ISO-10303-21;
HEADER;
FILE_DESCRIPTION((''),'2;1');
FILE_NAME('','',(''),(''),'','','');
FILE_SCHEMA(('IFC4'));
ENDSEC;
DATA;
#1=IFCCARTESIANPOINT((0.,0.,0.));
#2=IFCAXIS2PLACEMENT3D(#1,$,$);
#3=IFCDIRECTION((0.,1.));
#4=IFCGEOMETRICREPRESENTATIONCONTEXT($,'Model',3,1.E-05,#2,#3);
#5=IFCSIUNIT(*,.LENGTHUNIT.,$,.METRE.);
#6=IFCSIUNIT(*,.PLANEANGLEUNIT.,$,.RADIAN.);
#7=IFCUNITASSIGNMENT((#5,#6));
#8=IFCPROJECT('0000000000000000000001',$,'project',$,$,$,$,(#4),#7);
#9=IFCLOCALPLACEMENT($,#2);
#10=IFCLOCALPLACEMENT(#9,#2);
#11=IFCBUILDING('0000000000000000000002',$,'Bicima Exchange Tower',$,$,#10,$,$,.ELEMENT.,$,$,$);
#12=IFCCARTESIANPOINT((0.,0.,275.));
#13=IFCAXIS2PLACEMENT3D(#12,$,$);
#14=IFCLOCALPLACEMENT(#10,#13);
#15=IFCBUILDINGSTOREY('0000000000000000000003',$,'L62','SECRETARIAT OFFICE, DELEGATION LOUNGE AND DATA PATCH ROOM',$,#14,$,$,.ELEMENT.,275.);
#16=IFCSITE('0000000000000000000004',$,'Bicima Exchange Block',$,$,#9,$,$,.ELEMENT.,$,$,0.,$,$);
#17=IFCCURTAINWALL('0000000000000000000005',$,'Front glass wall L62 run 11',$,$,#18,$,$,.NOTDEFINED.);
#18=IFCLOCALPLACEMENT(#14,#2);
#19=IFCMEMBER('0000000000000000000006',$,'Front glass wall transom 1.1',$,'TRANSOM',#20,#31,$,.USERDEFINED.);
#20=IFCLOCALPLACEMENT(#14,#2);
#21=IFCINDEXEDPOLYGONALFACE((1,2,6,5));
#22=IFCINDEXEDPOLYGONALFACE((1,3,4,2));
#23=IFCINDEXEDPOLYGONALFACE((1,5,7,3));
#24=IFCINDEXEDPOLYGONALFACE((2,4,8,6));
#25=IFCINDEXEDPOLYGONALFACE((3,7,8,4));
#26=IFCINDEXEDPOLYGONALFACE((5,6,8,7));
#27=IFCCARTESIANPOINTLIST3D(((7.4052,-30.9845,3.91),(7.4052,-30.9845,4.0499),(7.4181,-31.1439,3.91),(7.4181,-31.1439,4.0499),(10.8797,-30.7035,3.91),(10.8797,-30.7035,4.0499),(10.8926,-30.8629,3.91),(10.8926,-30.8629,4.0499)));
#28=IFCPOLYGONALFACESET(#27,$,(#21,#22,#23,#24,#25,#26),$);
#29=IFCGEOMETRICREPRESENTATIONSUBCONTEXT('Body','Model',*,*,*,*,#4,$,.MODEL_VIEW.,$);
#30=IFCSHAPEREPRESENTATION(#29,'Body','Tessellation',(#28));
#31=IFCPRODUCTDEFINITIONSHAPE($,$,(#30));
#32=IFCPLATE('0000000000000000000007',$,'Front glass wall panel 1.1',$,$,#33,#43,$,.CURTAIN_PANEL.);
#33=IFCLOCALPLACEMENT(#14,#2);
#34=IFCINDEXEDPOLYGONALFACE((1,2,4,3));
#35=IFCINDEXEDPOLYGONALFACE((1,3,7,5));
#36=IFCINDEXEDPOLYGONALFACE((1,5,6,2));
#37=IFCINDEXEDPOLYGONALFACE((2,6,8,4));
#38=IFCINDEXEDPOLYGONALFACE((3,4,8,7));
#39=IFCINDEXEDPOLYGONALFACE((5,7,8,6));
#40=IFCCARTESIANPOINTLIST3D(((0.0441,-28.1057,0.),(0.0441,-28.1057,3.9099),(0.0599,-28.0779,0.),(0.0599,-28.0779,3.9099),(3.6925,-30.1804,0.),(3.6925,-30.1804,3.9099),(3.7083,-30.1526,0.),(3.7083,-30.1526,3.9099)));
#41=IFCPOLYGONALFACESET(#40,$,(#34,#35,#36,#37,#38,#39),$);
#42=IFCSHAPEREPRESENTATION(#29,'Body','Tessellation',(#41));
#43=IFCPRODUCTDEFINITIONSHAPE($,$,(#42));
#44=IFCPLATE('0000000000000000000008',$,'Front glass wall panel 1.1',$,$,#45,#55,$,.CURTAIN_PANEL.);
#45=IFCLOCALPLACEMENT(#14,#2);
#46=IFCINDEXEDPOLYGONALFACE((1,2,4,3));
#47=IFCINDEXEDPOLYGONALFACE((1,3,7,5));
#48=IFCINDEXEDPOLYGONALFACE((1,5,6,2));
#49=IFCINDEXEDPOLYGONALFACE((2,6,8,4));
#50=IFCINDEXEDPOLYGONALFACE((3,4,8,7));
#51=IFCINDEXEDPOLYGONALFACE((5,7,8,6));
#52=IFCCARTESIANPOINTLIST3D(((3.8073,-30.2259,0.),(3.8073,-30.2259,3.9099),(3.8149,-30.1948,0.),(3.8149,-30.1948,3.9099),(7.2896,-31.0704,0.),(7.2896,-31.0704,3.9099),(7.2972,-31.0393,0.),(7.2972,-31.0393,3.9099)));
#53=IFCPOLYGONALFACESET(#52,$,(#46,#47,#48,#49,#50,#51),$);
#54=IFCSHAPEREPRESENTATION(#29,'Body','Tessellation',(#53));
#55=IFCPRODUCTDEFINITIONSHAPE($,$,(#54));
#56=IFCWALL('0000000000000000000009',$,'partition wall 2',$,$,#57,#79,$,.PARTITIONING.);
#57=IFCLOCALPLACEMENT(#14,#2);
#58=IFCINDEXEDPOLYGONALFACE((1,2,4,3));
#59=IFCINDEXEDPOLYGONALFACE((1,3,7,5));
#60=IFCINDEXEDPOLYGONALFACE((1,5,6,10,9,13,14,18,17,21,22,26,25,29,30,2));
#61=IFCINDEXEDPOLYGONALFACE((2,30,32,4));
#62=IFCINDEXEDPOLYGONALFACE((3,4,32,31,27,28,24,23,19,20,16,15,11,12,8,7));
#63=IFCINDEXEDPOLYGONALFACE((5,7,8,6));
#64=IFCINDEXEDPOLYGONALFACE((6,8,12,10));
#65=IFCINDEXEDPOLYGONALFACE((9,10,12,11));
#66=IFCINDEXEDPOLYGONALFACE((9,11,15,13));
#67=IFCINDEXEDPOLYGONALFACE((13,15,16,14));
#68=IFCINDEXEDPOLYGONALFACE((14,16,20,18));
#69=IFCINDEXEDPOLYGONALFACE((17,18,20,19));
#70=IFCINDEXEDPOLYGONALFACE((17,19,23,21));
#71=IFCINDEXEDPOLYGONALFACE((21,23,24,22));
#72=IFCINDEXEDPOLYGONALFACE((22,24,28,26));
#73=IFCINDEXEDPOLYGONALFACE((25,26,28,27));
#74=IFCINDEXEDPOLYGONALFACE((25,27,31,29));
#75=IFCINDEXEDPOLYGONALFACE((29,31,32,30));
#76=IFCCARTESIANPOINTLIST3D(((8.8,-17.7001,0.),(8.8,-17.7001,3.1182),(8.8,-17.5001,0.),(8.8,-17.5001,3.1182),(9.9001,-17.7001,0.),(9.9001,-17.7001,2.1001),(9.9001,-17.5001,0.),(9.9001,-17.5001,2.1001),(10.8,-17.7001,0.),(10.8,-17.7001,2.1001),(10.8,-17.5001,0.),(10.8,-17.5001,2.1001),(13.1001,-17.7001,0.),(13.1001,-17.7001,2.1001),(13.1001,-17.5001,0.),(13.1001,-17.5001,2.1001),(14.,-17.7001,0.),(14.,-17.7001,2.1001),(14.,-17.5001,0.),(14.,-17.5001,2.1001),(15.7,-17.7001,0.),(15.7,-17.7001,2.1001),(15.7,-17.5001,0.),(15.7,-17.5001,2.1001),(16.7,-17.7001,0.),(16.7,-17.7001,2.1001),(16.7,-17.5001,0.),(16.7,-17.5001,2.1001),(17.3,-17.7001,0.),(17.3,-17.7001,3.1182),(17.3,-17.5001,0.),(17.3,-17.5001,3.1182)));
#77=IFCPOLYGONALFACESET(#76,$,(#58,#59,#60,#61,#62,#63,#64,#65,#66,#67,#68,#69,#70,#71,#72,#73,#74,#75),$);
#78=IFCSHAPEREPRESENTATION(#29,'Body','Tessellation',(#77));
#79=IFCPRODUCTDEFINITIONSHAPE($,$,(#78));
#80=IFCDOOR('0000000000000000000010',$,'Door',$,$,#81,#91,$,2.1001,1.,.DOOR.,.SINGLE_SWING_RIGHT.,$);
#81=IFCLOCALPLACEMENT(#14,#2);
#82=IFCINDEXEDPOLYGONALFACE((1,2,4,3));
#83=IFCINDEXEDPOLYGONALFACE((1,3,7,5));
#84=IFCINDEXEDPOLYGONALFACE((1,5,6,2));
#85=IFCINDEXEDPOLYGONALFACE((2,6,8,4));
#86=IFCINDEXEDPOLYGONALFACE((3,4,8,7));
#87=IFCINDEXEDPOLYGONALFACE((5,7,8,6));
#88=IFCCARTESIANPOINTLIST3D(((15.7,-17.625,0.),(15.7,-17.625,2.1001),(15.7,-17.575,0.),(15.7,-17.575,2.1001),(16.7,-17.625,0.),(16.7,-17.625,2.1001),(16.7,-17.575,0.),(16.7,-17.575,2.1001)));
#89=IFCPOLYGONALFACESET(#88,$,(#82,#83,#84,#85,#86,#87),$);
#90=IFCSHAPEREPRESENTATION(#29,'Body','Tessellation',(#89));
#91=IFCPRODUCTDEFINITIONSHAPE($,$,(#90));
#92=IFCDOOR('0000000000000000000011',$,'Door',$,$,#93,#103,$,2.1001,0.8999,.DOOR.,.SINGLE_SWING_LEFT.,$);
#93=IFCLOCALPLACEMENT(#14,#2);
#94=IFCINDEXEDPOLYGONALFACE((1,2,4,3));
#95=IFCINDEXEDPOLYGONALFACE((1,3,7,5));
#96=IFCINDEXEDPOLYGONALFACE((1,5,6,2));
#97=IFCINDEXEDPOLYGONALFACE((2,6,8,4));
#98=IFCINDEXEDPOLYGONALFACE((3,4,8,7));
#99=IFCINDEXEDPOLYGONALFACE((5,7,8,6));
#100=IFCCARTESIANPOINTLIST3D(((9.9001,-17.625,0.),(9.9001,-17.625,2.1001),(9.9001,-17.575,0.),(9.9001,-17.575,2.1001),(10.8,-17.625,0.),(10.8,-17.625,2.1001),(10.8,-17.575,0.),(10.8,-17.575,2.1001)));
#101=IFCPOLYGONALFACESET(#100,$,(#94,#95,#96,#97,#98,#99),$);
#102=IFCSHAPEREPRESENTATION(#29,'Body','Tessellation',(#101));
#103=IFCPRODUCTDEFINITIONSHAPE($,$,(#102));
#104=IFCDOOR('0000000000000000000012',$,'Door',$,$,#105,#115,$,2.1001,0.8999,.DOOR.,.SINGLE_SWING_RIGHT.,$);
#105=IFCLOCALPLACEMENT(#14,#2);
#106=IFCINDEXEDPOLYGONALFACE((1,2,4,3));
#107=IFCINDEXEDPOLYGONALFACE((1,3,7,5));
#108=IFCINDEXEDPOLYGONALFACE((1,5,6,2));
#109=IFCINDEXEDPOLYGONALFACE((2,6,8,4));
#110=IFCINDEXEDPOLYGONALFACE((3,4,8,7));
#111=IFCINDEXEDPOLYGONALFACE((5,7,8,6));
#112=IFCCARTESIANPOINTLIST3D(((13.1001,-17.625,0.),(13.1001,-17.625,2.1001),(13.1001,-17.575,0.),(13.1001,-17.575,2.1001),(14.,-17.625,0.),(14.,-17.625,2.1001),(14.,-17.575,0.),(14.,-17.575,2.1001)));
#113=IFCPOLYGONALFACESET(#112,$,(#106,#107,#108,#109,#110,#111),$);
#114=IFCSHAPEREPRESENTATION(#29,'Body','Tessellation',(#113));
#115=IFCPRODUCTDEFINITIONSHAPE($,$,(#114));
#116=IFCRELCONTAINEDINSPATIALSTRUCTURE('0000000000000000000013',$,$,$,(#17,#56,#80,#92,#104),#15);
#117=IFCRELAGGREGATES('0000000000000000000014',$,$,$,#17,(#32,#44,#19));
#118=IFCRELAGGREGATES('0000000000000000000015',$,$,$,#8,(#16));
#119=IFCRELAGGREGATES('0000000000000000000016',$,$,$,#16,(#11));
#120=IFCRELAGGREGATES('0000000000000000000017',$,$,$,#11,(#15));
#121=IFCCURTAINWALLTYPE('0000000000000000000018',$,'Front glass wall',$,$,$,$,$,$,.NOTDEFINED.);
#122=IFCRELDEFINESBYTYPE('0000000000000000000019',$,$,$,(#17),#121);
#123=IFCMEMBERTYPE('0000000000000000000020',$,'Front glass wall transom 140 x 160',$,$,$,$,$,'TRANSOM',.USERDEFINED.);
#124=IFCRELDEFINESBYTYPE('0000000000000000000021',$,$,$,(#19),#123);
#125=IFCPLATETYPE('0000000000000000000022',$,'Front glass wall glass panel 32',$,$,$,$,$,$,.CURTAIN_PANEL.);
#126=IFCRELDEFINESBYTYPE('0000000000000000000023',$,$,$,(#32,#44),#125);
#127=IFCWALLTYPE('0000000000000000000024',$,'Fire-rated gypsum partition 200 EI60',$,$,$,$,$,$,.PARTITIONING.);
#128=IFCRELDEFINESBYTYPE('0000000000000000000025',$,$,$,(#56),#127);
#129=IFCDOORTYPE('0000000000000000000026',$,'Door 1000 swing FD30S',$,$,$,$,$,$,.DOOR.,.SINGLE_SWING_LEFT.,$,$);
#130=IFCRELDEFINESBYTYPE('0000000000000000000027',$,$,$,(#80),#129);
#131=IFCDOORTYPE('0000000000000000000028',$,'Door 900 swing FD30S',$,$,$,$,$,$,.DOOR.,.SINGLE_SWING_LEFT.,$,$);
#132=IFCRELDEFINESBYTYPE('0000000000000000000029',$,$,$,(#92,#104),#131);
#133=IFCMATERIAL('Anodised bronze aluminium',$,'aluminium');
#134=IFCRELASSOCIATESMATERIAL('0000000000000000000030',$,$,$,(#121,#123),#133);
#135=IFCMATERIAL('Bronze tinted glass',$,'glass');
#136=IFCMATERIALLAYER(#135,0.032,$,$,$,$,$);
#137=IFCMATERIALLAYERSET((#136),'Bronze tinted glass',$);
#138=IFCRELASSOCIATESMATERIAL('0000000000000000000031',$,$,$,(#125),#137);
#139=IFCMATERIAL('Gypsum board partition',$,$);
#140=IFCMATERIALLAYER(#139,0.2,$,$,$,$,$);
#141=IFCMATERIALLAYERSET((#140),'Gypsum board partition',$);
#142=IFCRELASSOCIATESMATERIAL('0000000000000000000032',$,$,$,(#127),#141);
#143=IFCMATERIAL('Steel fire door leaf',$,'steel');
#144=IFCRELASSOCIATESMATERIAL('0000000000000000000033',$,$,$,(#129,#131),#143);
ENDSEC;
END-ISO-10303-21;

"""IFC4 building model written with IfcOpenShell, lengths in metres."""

from ifc_helpers import new_model, si_unit, direction, frame, frame_2d, origin, origin_2d, place, context, subcontext, project, spatial, rectangle, extrude, material, layer, layer_set, material_profile, profile_set, type_object, element, fill, aggregate, save


model = new_model("IFC4")

# Units and contexts
model_context = context("Model", 3, precision=1e-05, world=origin(), true_north=direction((0.0, 1.0)))
body_context = subcontext(model_context, "Body", "Model", "MODEL_VIEW")
ifc_project = project(units=[si_unit("LENGTHUNIT", "METRE"), si_unit("PLANEANGLEUNIT", "RADIAN")], contexts=[model_context])

# Site, building, storey
site_placement = place(None, origin())
site = spatial("IfcSite", under=ifc_project, at=site_placement, Name="Bicima Exchange Block", CompositionType="ELEMENT", RefElevation=0.0)
building_placement = place(site_placement, origin())
building = spatial("IfcBuilding", under=site, at=building_placement, Name="Bicima Exchange Tower", CompositionType="ELEMENT")
storey_placement = place(building_placement, frame((0.0, 0.0, 275.0)))
storey = spatial("IfcBuildingStorey", under=building, at=storey_placement, Name="L62", Description="SECRETARIAT OFFICE, DELEGATION LOUNGE AND DATA PATCH ROOM", CompositionType="ELEMENT", Elevation=275.0)

# Curtain wall, member, plates
ifc_material_1 = material(Name="Anodised bronze aluminium", Category="aluminium")
curtain_wall_type = type_object("IfcCurtainWallType", Name="Front glass wall", PredefinedType="NOTDEFINED", material=ifc_material_1)
curtain_wall_placement = place(storey_placement, origin())
curtain_wall = element("IfcCurtainWall", 1, at=curtain_wall_placement, inside=storey, type_object=curtain_wall_type, Name="Front glass wall L62 run 11", PredefinedType="NOTDEFINED")
ifc_material_profile_1 = material_profile(ifc_material_1, rectangle(XDim=0.1599, YDim=0.1399, at=origin_2d()))
ifc_profile_set_1 = profile_set([ifc_material_profile_1], Name="Anodised bronze aluminium")
member_type_1 = type_object("IfcMemberType", Name="Front glass wall transom 140 x 160", ElementType="TRANSOM", PredefinedType="USERDEFINED", material=ifc_profile_set_1)
member_1_placement = place(storey_placement, frame((7.4116, -31.0642, 3.98), z_axis=(0.996746, 0.080611, 0.0), x_axis=(-0.080611, 0.996746, 0.0)))
member_1 = element("IfcMember", 2, at=member_1_placement, type_object=member_type_1, Name="Front glass wall transom 1.1", ObjectType="TRANSOM", PredefinedType="USERDEFINED", context=body_context, shape_type="SweptSolid", body=[
    extrude(rectangle(XDim=0.1599, YDim=0.1399, at=origin_2d()), origin(), (0.0, 0.0, 1.0), 3.4858),
])
ifc_material_2 = material(Name="Bronze tinted glass", Category="glass")
ifc_layer_1 = layer(ifc_material_2, 0.032)
ifc_layer_set_1 = layer_set([ifc_layer_1], Name="Bronze tinted glass")
plate_type = type_object("IfcPlateType", Name="Front glass wall glass panel 32", PredefinedType="CURTAIN_PANEL", material=ifc_layer_set_1)
plate_1_placement = place(storey_placement, frame((1.8762, -29.1292, 0.0), z_axis=(0.0, 0.0, 1.0), x_axis=(0.869274, -0.49433, 0.0)))
plate_1 = element("IfcPlate", 3, at=plate_1_placement, type_object=plate_type, Name="Front glass wall panel 1.1", PredefinedType="CURTAIN_PANEL", context=body_context, shape_type="SweptSolid", body=[
    extrude(rectangle(XDim=4.197, YDim=0.032, at=origin_2d()), origin(), (0.0, 0.0, 1.0), 3.9099),
])
plate_2_placement = place(storey_placement, frame((5.5522, -30.6326, 0.0), z_axis=(0.0, 0.0, 1.0), x_axis=(0.97183, -0.235682, 0.0)))
plate_2 = element("IfcPlate", 4, at=plate_2_placement, type_object=plate_type, Name="Front glass wall panel 1.1", PredefinedType="CURTAIN_PANEL", context=body_context, shape_type="SweptSolid", body=[
    extrude(rectangle(XDim=3.5833, YDim=0.032, at=origin_2d()), origin(), (0.0, 0.0, 1.0), 3.9099),
])
aggregate(curtain_wall, [plate_1, plate_2, member_1])

# Wall, openings, doors
ifc_material_3 = material(Name="Gypsum board partition")
ifc_layer_2 = layer(ifc_material_3, 0.2)
ifc_layer_set_2 = layer_set([ifc_layer_2], Name="Gypsum board partition")
wall_type_1 = type_object("IfcWallType", Name="Fire-rated gypsum partition 200 EI60", PredefinedType="PARTITIONING", material=ifc_layer_set_2)
wall_1_placement = place(storey_placement, frame((8.8, -17.6001, 0.0), z_axis=(0.0, 0.0, 1.0), x_axis=(1.0, 0.0, 0.0)))
wall_1 = element("IfcWall", 5, at=wall_1_placement, inside=storey, type_object=wall_type_1, Name="partition wall 2", PredefinedType="PARTITIONING", context=body_context, shape_type="SweptSolid", body=[
    extrude(rectangle(XDim=8.5, YDim=0.2, at=frame_2d((4.25, 0.0))), origin(), (0.0, 0.0, 1.0), 3.1182),
])
opening_1_placement = place(wall_1_placement, frame((1.1001, 0.0, 0.0)))
opening_1 = element("IfcOpeningElement", 6, at=opening_1_placement, cuts=wall_1, PredefinedType="OPENING", context=body_context, shape_type="SweptSolid", body=[
    extrude(rectangle(XDim=0.8999, YDim=2.1001, at=frame_2d((0.45, 1.05))), frame((0.0, 0.1118, 0.0), z_axis=(0.0, -1.0, 0.0), x_axis=(1.0, 0.0, 0.0)), (0.0, 0.0, 1.0), 0.2239),
])
opening_2_placement = place(wall_1_placement, frame((4.3, 0.0, 0.0)))
opening_2 = element("IfcOpeningElement", 7, at=opening_2_placement, cuts=wall_1, PredefinedType="OPENING", context=body_context, shape_type="SweptSolid", body=[
    extrude(rectangle(XDim=0.8999, YDim=2.1001, at=frame_2d((0.45, 1.05))), frame((0.0, 0.1118, 0.0), z_axis=(0.0, -1.0, 0.0), x_axis=(1.0, 0.0, 0.0)), (0.0, 0.0, 1.0), 0.2239),
])
opening_3_placement = place(wall_1_placement, frame((6.8999, 0.0, 0.0)))
opening_3 = element("IfcOpeningElement", 8, at=opening_3_placement, cuts=wall_1, PredefinedType="OPENING", context=body_context, shape_type="SweptSolid", body=[
    extrude(rectangle(XDim=1.0, YDim=2.1001, at=frame_2d((0.5, 1.05))), frame((0.0, 0.1118, 0.0), z_axis=(0.0, -1.0, 0.0), x_axis=(1.0, 0.0, 0.0)), (0.0, 0.0, 1.0), 0.2239),
])
ifc_material_4 = material(Name="Steel fire door leaf", Category="steel")
door_type_1 = type_object("IfcDoorType", Name="Door 1000 swing FD30S", OperationType="SINGLE_SWING_LEFT", PredefinedType="DOOR", material=ifc_material_4)
door_1_placement = place(opening_3_placement, frame((1.0, 0.0, 0.0), z_axis=(0.0, 0.0, 1.0), x_axis=(-1.0, 0.0, 0.0)))
door_1 = element("IfcDoor", 9, at=door_1_placement, inside=storey, type_object=door_type_1, Name="Door", OperationType="SINGLE_SWING_RIGHT", OverallHeight=2.1001, OverallWidth=1.0, PredefinedType="DOOR", context=body_context, shape_type="SweptSolid", body=[
    extrude(rectangle(XDim=1.0, YDim=2.1001, at=frame_2d((0.5, 1.05))), frame((0.0, 0.0249, 0.0), z_axis=(0.0, -1.0, 0.0), x_axis=(1.0, 0.0, 0.0)), (0.0, 0.0, 1.0), 0.05),
])
fill(opening_3, door_1)
door_type_2 = type_object("IfcDoorType", Name="Door 900 swing FD30S", OperationType="SINGLE_SWING_LEFT", PredefinedType="DOOR", material=ifc_material_4)
door_2_placement = place(opening_1_placement, frame((0.8999, 0.0, 0.0), z_axis=(0.0, 0.0, 1.0), x_axis=(-1.0, 0.0, 0.0)))
door_2 = element("IfcDoor", 10, at=door_2_placement, inside=storey, type_object=door_type_2, Name="Door", OperationType="SINGLE_SWING_LEFT", OverallHeight=2.1001, OverallWidth=0.8999, PredefinedType="DOOR", context=body_context, shape_type="SweptSolid", body=[
    extrude(rectangle(XDim=0.8999, YDim=2.1001, at=frame_2d((0.45, 1.05))), frame((0.0, 0.0249, 0.0), z_axis=(0.0, -1.0, 0.0), x_axis=(1.0, 0.0, 0.0)), (0.0, 0.0, 1.0), 0.05),
])
fill(opening_1, door_2)
door_3_placement = place(opening_2_placement, frame((0.8999, 0.0, 0.0), z_axis=(0.0, 0.0, 1.0), x_axis=(-1.0, 0.0, 0.0)))
door_3 = element("IfcDoor", 11, at=door_3_placement, inside=storey, type_object=door_type_2, Name="Door", OperationType="SINGLE_SWING_RIGHT", OverallHeight=2.1001, OverallWidth=0.8999, PredefinedType="DOOR", context=body_context, shape_type="SweptSolid", body=[
    extrude(rectangle(XDim=0.8999, YDim=2.1001, at=frame_2d((0.45, 1.05))), frame((0.0, 0.0249, 0.0), z_axis=(0.0, -1.0, 0.0), x_axis=(1.0, 0.0, 0.0)), (0.0, 0.0, 1.0), 0.05),
])
fill(opening_2, door_3)

save(model, "model.ifc")
